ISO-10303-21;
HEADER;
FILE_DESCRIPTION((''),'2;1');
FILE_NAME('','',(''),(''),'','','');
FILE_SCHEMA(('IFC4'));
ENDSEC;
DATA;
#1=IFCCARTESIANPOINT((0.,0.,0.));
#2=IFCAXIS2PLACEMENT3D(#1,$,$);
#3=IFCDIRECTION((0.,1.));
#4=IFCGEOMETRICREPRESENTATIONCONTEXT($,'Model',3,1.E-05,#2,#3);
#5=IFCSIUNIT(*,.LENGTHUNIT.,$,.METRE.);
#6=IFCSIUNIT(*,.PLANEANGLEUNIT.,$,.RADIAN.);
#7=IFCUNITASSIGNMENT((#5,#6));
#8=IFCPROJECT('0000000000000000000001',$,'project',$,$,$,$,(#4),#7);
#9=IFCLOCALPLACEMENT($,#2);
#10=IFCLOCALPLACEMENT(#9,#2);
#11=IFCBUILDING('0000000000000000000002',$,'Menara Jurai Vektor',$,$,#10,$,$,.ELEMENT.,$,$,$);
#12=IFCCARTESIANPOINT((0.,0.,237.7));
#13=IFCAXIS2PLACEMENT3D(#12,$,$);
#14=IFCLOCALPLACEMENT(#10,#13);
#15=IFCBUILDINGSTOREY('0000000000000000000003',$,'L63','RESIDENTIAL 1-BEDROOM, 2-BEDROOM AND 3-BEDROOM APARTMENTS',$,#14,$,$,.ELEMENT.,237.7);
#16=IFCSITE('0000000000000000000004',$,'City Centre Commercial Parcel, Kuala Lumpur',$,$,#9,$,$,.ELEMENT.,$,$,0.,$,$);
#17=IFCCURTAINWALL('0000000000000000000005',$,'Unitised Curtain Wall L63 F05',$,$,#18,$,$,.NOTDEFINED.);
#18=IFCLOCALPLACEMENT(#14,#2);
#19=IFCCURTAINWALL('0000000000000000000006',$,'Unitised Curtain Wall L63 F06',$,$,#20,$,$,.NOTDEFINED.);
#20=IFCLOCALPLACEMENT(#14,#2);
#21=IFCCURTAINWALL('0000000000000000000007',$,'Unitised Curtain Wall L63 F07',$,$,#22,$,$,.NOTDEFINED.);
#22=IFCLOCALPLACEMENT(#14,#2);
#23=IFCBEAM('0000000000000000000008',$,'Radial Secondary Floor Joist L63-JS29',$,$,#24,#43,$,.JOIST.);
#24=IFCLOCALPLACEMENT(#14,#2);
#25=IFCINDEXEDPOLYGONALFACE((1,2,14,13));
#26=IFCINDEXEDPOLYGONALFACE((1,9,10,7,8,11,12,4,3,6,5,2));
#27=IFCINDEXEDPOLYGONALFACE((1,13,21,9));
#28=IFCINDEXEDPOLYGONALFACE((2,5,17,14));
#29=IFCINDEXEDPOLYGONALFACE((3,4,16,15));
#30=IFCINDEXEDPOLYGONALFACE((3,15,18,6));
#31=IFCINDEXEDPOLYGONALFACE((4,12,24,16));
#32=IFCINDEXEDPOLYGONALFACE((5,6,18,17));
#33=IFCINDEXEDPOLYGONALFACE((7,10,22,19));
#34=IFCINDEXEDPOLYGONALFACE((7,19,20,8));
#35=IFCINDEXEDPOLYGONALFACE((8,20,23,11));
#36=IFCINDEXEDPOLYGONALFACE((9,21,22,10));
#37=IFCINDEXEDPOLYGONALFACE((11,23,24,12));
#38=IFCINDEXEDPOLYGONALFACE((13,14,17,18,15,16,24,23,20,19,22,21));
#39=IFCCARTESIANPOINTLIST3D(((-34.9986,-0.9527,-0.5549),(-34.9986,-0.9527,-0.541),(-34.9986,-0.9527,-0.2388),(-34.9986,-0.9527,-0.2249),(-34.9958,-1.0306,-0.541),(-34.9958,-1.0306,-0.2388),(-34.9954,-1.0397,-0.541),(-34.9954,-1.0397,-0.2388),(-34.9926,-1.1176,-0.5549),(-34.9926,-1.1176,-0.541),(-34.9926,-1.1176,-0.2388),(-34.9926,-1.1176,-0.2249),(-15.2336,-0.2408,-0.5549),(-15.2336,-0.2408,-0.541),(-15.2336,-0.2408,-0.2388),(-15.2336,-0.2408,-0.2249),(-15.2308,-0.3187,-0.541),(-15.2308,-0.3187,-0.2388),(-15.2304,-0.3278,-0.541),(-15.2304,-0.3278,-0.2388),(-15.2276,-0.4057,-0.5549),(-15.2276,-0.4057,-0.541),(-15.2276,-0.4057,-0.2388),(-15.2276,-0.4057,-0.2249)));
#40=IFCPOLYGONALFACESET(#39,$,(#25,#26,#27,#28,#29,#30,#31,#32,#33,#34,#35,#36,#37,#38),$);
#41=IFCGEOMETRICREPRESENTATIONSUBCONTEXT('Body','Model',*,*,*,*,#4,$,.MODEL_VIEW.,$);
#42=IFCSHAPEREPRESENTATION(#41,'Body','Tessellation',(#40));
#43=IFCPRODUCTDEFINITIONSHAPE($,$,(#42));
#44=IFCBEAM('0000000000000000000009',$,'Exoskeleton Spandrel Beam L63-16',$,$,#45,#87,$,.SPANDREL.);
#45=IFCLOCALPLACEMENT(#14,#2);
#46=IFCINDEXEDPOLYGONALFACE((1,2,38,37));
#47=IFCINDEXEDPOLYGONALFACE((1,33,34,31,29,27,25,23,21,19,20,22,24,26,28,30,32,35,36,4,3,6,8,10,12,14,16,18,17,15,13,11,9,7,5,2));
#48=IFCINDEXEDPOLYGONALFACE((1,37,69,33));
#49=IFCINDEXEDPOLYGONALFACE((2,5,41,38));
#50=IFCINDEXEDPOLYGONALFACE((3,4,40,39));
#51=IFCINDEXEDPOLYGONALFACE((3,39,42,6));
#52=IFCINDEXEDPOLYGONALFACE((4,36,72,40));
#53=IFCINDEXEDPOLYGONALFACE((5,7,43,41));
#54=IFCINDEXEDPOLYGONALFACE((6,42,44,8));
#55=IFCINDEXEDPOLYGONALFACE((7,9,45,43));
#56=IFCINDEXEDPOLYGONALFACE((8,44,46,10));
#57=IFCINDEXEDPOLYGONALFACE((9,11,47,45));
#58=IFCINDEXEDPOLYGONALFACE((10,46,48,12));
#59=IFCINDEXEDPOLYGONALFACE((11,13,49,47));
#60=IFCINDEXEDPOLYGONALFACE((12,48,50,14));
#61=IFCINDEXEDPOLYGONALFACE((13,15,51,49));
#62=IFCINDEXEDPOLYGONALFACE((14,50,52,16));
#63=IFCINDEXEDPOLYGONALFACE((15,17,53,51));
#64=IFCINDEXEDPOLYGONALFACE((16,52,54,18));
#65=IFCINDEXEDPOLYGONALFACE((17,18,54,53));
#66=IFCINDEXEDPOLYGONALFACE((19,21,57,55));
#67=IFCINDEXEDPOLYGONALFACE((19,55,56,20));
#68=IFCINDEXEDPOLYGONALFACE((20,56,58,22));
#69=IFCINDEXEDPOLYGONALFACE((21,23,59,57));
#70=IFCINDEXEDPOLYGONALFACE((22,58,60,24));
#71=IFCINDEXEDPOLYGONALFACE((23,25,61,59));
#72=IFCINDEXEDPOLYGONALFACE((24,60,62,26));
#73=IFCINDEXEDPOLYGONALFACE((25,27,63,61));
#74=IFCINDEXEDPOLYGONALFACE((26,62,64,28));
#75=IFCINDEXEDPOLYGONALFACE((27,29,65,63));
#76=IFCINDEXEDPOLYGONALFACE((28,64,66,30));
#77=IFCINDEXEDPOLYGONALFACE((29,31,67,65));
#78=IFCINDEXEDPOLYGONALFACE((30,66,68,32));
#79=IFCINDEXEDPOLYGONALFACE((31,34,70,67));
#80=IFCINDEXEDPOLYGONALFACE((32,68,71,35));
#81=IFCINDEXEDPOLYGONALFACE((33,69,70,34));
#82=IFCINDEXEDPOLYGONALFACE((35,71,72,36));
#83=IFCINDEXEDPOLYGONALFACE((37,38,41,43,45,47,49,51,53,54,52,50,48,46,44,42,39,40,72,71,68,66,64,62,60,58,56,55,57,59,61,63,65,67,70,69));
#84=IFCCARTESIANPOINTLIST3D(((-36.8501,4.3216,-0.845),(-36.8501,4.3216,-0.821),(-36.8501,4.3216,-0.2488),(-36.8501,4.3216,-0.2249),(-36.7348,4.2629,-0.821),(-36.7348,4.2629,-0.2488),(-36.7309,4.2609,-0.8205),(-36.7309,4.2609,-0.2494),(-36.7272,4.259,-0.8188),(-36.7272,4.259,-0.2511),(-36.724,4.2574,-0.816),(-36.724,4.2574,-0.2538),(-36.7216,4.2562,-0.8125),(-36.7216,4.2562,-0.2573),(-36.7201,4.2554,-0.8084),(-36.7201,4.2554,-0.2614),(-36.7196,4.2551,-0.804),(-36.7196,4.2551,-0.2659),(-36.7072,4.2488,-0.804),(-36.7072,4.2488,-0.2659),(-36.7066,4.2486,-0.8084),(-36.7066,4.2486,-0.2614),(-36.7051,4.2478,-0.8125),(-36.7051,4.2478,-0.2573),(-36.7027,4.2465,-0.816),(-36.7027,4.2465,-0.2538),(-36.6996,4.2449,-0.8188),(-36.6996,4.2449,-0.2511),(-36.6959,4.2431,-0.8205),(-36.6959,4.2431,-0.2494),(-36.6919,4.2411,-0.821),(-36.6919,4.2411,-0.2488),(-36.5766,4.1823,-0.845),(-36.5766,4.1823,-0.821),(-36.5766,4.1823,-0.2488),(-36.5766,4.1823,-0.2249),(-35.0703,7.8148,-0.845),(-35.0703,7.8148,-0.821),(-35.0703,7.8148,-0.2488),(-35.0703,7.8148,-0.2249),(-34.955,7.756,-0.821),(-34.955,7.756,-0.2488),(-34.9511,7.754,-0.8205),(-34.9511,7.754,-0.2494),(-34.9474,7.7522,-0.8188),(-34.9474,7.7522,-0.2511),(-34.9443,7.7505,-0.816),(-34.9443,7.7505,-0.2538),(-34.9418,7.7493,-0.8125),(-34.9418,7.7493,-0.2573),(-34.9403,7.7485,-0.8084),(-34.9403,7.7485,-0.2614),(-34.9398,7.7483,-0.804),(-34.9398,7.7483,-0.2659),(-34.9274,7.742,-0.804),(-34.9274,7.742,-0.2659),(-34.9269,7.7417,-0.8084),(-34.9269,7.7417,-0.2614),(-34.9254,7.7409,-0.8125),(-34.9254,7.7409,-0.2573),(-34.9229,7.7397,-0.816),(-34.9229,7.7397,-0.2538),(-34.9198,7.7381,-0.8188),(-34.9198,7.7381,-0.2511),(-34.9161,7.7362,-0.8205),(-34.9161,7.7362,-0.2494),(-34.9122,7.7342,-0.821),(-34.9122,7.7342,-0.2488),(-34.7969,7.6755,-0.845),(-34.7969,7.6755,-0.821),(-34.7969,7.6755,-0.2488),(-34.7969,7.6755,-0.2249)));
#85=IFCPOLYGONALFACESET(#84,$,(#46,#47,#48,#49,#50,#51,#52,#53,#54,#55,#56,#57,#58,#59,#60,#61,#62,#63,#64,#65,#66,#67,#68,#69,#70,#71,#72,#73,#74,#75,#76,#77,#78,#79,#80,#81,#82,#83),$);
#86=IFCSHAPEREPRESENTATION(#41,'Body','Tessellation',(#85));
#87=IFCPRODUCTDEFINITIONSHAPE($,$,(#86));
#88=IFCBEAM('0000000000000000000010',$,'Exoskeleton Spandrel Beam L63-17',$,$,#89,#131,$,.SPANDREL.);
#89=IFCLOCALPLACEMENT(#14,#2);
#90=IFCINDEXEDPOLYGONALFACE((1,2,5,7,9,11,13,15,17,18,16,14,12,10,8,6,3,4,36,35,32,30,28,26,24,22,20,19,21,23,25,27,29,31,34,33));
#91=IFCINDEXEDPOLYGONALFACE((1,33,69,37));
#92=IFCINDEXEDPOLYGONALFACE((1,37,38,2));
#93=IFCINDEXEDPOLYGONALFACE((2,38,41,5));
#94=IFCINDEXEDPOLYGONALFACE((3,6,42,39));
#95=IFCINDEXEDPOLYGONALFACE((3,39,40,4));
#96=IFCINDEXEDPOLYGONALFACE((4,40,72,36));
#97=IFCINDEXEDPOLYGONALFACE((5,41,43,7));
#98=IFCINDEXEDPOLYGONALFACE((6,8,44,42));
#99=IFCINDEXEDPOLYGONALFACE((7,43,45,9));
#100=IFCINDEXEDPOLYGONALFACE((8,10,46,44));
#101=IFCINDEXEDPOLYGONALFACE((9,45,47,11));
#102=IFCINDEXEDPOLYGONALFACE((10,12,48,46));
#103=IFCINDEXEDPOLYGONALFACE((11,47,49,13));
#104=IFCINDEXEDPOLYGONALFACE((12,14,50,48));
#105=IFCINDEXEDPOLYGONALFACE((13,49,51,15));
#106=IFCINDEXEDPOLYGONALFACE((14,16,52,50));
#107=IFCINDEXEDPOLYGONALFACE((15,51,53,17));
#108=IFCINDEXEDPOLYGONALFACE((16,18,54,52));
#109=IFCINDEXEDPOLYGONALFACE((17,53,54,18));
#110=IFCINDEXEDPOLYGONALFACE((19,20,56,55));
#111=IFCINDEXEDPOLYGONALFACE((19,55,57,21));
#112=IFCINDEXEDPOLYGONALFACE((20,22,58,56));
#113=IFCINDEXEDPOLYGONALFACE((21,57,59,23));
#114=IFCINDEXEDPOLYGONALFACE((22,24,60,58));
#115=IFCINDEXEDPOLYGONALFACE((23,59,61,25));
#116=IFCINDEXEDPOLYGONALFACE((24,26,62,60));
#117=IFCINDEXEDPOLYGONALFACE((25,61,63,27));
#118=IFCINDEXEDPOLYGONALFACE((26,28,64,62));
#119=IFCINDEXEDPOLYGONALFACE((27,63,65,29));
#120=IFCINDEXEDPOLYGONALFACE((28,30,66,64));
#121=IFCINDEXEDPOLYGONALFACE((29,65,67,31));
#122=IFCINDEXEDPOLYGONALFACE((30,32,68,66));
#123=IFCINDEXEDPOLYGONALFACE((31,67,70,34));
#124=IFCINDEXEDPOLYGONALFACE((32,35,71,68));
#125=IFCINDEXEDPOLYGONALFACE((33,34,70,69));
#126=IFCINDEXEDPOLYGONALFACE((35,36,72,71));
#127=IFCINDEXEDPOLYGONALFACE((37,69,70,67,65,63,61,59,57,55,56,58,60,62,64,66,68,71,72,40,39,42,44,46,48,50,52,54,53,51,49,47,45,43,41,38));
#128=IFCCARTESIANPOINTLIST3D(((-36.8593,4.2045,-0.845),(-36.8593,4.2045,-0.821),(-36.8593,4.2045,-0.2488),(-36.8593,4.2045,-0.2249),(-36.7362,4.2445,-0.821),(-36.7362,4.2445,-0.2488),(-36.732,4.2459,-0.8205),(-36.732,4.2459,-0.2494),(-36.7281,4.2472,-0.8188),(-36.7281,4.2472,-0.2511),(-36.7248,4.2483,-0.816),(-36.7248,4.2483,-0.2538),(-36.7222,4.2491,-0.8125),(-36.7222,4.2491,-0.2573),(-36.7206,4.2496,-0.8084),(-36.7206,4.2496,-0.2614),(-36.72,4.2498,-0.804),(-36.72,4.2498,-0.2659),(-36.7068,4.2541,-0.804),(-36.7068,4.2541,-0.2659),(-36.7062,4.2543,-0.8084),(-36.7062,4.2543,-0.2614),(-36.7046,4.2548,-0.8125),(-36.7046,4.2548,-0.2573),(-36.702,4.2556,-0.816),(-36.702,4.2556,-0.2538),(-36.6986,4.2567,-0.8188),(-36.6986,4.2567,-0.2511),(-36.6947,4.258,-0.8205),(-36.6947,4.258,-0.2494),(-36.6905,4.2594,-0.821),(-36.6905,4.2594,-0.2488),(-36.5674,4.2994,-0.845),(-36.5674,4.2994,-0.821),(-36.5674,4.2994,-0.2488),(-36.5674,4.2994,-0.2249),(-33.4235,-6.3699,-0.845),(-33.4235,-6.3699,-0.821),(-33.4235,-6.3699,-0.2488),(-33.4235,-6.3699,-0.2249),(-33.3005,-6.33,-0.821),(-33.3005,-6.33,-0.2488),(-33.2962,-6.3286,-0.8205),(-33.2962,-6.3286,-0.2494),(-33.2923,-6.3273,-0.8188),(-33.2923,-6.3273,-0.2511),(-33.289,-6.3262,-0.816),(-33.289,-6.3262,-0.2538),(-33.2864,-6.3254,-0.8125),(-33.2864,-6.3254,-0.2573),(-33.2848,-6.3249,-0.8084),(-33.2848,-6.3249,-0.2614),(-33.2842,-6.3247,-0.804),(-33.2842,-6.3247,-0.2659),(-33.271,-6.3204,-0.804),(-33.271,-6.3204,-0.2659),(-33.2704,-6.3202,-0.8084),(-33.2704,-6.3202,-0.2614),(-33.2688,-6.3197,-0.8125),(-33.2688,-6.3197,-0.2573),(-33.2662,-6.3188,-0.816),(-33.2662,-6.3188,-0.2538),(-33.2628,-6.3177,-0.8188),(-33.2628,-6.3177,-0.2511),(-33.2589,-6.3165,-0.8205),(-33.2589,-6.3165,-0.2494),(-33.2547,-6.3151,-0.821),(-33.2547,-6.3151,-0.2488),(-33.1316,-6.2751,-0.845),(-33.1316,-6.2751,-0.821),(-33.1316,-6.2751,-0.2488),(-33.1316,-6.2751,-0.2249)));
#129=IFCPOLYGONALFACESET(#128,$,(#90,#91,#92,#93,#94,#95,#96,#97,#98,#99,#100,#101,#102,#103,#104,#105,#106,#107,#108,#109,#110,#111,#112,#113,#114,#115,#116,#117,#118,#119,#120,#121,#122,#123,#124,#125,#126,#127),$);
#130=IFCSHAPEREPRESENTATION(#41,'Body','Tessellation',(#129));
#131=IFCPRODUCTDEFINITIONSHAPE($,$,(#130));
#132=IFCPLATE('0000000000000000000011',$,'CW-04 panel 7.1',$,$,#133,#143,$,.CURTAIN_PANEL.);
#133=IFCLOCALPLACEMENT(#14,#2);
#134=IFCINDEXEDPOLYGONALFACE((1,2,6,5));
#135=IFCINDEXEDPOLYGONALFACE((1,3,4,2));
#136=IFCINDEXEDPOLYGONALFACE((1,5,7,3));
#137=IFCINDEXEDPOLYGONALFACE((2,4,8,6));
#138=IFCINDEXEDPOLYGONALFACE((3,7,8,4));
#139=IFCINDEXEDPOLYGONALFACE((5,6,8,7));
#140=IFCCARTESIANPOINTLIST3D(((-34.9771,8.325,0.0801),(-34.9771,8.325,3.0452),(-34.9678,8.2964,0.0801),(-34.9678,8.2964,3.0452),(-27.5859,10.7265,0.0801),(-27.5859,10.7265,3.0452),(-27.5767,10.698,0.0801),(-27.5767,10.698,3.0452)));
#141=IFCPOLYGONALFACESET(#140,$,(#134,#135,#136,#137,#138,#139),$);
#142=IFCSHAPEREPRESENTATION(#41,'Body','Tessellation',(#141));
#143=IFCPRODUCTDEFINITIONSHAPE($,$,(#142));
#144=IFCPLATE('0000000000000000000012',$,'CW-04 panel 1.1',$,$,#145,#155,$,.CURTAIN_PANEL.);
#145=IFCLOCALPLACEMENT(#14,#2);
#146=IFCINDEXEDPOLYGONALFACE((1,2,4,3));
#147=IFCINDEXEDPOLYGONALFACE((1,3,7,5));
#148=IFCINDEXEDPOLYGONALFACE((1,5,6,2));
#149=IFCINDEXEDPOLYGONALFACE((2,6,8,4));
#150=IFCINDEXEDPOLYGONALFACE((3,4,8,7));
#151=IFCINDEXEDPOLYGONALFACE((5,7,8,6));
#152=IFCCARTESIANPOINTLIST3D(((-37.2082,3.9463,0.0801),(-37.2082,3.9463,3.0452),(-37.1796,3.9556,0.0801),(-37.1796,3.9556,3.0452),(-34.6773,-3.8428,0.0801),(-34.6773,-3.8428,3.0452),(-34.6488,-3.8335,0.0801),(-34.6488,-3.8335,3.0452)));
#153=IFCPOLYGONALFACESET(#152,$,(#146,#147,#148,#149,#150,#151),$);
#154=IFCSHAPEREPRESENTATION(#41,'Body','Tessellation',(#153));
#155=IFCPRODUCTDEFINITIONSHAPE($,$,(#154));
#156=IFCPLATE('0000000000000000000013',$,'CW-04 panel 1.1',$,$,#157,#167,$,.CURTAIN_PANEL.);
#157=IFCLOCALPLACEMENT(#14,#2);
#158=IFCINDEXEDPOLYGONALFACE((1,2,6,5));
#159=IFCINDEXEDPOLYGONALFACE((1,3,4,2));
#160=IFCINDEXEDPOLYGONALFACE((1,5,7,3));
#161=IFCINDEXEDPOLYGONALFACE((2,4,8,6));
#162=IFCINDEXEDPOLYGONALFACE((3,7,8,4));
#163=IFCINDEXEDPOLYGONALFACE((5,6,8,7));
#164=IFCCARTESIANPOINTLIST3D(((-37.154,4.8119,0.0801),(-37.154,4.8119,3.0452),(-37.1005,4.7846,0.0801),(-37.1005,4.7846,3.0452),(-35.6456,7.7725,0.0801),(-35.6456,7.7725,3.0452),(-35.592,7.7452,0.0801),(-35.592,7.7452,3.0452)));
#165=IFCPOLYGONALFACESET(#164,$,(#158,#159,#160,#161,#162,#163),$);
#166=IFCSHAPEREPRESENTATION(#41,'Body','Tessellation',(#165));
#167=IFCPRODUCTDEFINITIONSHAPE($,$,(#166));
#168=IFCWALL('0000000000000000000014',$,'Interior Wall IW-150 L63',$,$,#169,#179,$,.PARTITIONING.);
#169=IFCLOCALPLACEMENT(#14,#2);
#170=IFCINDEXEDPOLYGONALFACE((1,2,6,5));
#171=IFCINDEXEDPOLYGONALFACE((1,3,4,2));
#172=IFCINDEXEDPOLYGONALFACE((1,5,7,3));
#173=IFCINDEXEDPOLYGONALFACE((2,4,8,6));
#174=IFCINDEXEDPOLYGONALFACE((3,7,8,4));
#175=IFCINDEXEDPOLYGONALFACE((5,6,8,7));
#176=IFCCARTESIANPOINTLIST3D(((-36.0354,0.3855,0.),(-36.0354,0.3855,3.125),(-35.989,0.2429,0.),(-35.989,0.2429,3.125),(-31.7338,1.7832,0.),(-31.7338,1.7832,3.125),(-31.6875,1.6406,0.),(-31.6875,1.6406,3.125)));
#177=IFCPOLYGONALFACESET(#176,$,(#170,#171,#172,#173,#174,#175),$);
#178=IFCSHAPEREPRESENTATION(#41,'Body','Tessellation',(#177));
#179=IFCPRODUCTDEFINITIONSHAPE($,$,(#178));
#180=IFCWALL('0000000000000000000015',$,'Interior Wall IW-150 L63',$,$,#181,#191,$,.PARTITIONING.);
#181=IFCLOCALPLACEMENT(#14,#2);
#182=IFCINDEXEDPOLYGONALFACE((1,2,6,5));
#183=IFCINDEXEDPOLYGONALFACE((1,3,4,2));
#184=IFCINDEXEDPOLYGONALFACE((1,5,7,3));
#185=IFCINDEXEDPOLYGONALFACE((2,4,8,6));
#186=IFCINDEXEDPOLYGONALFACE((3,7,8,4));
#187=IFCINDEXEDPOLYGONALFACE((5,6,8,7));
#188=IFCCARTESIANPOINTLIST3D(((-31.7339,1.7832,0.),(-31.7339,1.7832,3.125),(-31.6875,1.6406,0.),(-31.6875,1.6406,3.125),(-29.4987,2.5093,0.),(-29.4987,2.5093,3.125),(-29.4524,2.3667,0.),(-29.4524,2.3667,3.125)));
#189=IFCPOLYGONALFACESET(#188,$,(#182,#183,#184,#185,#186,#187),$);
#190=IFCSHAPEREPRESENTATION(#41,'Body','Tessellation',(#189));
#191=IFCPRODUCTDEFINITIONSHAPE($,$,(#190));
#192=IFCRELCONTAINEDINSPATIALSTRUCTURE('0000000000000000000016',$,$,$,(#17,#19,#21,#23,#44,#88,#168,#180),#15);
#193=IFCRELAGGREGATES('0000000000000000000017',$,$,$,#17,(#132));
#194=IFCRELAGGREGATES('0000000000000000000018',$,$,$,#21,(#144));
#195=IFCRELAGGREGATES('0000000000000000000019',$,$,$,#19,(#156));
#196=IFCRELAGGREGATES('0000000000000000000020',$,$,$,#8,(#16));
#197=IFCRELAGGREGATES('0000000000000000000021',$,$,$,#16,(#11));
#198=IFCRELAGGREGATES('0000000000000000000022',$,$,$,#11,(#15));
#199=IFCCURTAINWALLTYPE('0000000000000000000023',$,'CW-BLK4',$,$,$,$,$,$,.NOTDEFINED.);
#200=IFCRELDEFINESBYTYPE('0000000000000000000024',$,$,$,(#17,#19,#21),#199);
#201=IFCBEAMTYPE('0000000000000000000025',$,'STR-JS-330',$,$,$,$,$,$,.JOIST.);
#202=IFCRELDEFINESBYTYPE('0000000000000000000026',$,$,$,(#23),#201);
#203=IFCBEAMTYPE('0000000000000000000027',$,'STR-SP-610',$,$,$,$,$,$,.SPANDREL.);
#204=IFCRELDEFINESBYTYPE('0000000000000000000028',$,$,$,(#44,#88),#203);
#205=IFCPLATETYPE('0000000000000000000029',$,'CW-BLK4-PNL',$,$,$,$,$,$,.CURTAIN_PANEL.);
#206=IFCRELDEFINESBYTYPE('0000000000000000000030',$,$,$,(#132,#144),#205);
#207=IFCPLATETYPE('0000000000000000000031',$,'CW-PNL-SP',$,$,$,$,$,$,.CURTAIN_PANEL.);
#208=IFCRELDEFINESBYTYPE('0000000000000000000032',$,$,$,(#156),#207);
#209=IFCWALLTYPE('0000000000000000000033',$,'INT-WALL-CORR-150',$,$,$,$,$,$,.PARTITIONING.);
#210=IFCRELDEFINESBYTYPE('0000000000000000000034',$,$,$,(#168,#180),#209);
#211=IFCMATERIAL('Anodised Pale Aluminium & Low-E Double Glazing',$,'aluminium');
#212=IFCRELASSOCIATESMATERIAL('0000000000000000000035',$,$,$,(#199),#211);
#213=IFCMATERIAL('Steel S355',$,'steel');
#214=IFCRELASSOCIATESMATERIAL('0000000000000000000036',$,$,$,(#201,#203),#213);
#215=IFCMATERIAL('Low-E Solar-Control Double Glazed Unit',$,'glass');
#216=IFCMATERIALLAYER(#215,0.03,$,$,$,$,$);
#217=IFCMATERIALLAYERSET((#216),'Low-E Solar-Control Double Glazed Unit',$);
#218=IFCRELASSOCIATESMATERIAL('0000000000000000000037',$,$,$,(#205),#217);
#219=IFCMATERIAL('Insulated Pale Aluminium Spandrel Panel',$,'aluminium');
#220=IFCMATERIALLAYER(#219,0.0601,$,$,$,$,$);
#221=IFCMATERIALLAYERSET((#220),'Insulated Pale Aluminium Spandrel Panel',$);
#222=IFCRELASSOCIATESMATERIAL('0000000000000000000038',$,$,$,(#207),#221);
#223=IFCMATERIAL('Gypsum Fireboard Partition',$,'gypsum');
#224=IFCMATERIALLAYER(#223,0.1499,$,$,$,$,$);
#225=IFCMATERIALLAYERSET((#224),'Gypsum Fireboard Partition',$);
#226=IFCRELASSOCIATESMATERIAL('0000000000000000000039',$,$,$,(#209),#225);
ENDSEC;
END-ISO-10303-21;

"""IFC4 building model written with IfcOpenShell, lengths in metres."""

from ifc_helpers import new_model, si_unit, direction, frame, frame_2d, origin, origin_2d, place, context, subcontext, project, spatial, rectangle, i_section, extrude, material, layer, layer_set, material_profile, profile_set, type_object, element, aggregate, save


model = new_model("IFC4")

# Units and contexts
model_context = context("Model", 3, precision=1e-05, world=origin(), true_north=direction((0.0, 1.0)))
body_context = subcontext(model_context, "Body", "Model", "MODEL_VIEW")
ifc_project = project(units=[si_unit("LENGTHUNIT", "METRE"), si_unit("PLANEANGLEUNIT", "RADIAN")], contexts=[model_context])

# Site, building, storey
site_placement = place(None, origin())
site = spatial("IfcSite", under=ifc_project, at=site_placement, Name="City Centre Commercial Parcel, Kuala Lumpur", CompositionType="ELEMENT", RefElevation=0.0)
building_placement = place(site_placement, origin())
building = spatial("IfcBuilding", under=site, at=building_placement, Name="Menara Jurai Vektor", CompositionType="ELEMENT")
storey_placement = place(building_placement, frame((0.0, 0.0, 237.7)))
storey = spatial("IfcBuildingStorey", under=building, at=storey_placement, Name="L63", Description="RESIDENTIAL 1-BEDROOM, 2-BEDROOM AND 3-BEDROOM APARTMENTS", CompositionType="ELEMENT", Elevation=237.7)

# Curtain wall
ifc_material_1 = material(Name="Anodised Pale Aluminium & Low-E Double Glazing", Category="aluminium")
curtain_wall_type = type_object("IfcCurtainWallType", Name="CW-BLK4", PredefinedType="NOTDEFINED", material=ifc_material_1)
curtain_wall_1_placement = place(storey_placement, origin())
curtain_wall_1 = element("IfcCurtainWall", 1, at=curtain_wall_1_placement, inside=storey, type_object=curtain_wall_type, Name="Unitised Curtain Wall L63 F05", PredefinedType="NOTDEFINED")

# Curtain wall
curtain_wall_2_placement = place(storey_placement, origin())
curtain_wall_2 = element("IfcCurtainWall", 2, at=curtain_wall_2_placement, inside=storey, type_object=curtain_wall_type, Name="Unitised Curtain Wall L63 F06", PredefinedType="NOTDEFINED")

# Curtain wall
curtain_wall_3_placement = place(storey_placement, origin())
curtain_wall_3 = element("IfcCurtainWall", 3, at=curtain_wall_3_placement, inside=storey, type_object=curtain_wall_type, Name="Unitised Curtain Wall L63 F07", PredefinedType="NOTDEFINED")

# Shared definitions
ifc_material_2 = material(Name="Steel S355", Category="steel")

# Beams
ifc_material_profile_1 = material_profile(ifc_material_2, i_section(OverallWidth=0.165, OverallDepth=0.3301, WebThickness=0.009, FlangeThickness=0.0139, at=origin_2d()), Name="PG 330x165x46")
ifc_profile_set_1 = profile_set([ifc_material_profile_1], Name="Steel S355")
beam_type_1 = type_object("IfcBeamType", Name="STR-JS-330", PredefinedType="JOIST", material=ifc_profile_set_1)
beam_1_placement = place(storey_placement, frame((-34.9956, -1.0352, -0.3899), z_axis=(0.999352, 0.035995, 0.0), x_axis=(-0.035995, 0.999352, 0.0)))
element("IfcBeam", 4, at=beam_1_placement, inside=storey, type_object=beam_type_1, Name="Radial Secondary Floor Joist L63-JS29", PredefinedType="JOIST", context=body_context, shape_type="SweptSolid", body=[
    extrude(i_section(OverallWidth=0.165, OverallDepth=0.3301, WebThickness=0.009, FlangeThickness=0.0139, at=origin_2d()), origin(), (0.0, 0.0, 1.0), 19.7778),
])
ifc_material_profile_2 = material_profile(ifc_material_2, i_section(OverallWidth=0.3069, OverallDepth=0.6201, WebThickness=0.0139, FlangeThickness=0.0239, FilletRadius=0.0171, at=origin_2d()), Name="UKB 610x305x179")
ifc_profile_set_2 = profile_set([ifc_material_profile_2], Name="Steel S355")
beam_type_2 = type_object("IfcBeamType", Name="STR-SP-610", PredefinedType="SPANDREL", material=ifc_profile_set_2)
beam_2_placement = place(storey_placement, frame((-34.9336, 7.7451, -0.5349), z_axis=(-0.453976, -0.891014, 0.0), x_axis=(0.891014, -0.453976, 0.0)))
element("IfcBeam", 5, at=beam_2_placement, inside=storey, type_object=beam_type_2, Name="Exoskeleton Spandrel Beam L63-16", PredefinedType="SPANDREL", context=body_context, shape_type="SweptSolid", body=[
    extrude(i_section(OverallWidth=0.3069, OverallDepth=0.6201, WebThickness=0.0139, FlangeThickness=0.0239, FilletRadius=0.0171, at=origin_2d()), origin(), (0.0, 0.0, 1.0), 3.9204),
])
beam_3_placement = place(storey_placement, frame((-36.7134, 4.252, -0.5349), z_axis=(0.309012, -0.951058, 0.0), x_axis=(0.951058, 0.309012, 0.0)))
element("IfcBeam", 6, at=beam_3_placement, inside=storey, type_object=beam_type_2, Name="Exoskeleton Spandrel Beam L63-17", PredefinedType="SPANDREL", context=body_context, shape_type="SweptSolid", body=[
    extrude(i_section(OverallWidth=0.3069, OverallDepth=0.6201, WebThickness=0.0139, FlangeThickness=0.0239, FilletRadius=0.0171, at=origin_2d()), origin(), (0.0, 0.0, 1.0), 11.1187),
])

# Plates
ifc_material_3 = material(Name="Low-E Solar-Control Double Glazed Unit", Category="glass")
ifc_layer_1 = layer(ifc_material_3, 0.03)
ifc_layer_set_1 = layer_set([ifc_layer_1], Name="Low-E Solar-Control Double Glazed Unit")
plate_type_1 = type_object("IfcPlateType", Name="CW-BLK4-PNL", PredefinedType="CURTAIN_PANEL", material=ifc_layer_set_1)
plate_1_placement = place(storey_placement, frame((-31.2769, 9.5115, 0.0801), z_axis=(0.0, 0.0, 1.0), x_axis=(-0.951056, -0.309017, 0.0)))
plate_1 = element("IfcPlate", 7, at=plate_1_placement, type_object=plate_type_1, Name="CW-04 panel 7.1", PredefinedType="CURTAIN_PANEL", context=body_context, shape_type="SweptSolid", body=[
    extrude(rectangle(XDim=7.7715, YDim=0.03, at=origin_2d()), origin(), (0.0, 0.0, 1.0), 2.9651),
])
aggregate(curtain_wall_1, [plate_1])
plate_2_placement = place(storey_placement, frame((-35.9285, 0.0564, 0.0801), z_axis=(0.0, 0.0, 1.0), x_axis=(0.309016, -0.951057, 0.0)))
plate_2 = element("IfcPlate", 8, at=plate_2_placement, type_object=plate_type_1, Name="CW-04 panel 1.1", PredefinedType="CURTAIN_PANEL", context=body_context, shape_type="SweptSolid", body=[
    extrude(rectangle(XDim=8.1899, YDim=0.03, at=origin_2d()), origin(), (0.0, 0.0, 1.0), 2.9651),
])
aggregate(curtain_wall_3, [plate_2])
ifc_material_4 = material(Name="Insulated Pale Aluminium Spandrel Panel", Category="aluminium")
ifc_layer_2 = layer(ifc_material_4, 0.0601)
ifc_layer_set_2 = layer_set([ifc_layer_2], Name="Insulated Pale Aluminium Spandrel Panel")
plate_type_2 = type_object("IfcPlateType", Name="CW-PNL-SP", PredefinedType="CURTAIN_PANEL", material=ifc_layer_set_2)
plate_3_placement = place(storey_placement, frame((-36.373, 6.2786, 0.0801), z_axis=(0.0, 0.0, 1.0), x_axis=(-0.453989, -0.891008, 0.0)))
plate_3 = element("IfcPlate", 9, at=plate_3_placement, type_object=plate_type_2, Name="CW-04 panel 1.1", PredefinedType="CURTAIN_PANEL", context=body_context, shape_type="SweptSolid", body=[
    extrude(rectangle(XDim=3.3228, YDim=0.0601, at=origin_2d()), origin(), (0.0, 0.0, 1.0), 2.9651),
])
aggregate(curtain_wall_2, [plate_3])

# Walls
ifc_material_5 = material(Name="Gypsum Fireboard Partition", Category="gypsum")
ifc_layer_3 = layer(ifc_material_5, 0.1499)
ifc_layer_set_3 = layer_set([ifc_layer_3], Name="Gypsum Fireboard Partition")
wall_type = type_object("IfcWallType", Name="INT-WALL-CORR-150", PredefinedType="PARTITIONING", material=ifc_layer_set_3)
wall_1_placement = place(storey_placement, frame((-36.0122, 0.3142, 0.0), z_axis=(0.0, 0.0, 1.0), x_axis=(0.951053, 0.309029, 0.0)))
element("IfcWall", 10, at=wall_1_placement, inside=storey, type_object=wall_type, Name="Interior Wall IW-150 L63", PredefinedType="PARTITIONING", context=body_context, shape_type="SweptSolid", body=[
    extrude(rectangle(XDim=4.5229, YDim=0.1499, at=frame_2d((2.2615, 0.0))), origin(), (0.0, 0.0, 1.0), 3.125),
])
wall_2_placement = place(storey_placement, frame((-31.7107, 1.7119, 0.0), z_axis=(0.0, 0.0, 1.0), x_axis=(0.951076, 0.308957, 0.0)))
element("IfcWall", 11, at=wall_2_placement, inside=storey, type_object=wall_type, Name="Interior Wall IW-150 L63", PredefinedType="PARTITIONING", context=body_context, shape_type="SweptSolid", body=[
    extrude(rectangle(XDim=2.3501, YDim=0.1499, at=frame_2d((1.175, 0.0))), origin(), (0.0, 0.0, 1.0), 3.125),
])

save(model, "model.ifc")
